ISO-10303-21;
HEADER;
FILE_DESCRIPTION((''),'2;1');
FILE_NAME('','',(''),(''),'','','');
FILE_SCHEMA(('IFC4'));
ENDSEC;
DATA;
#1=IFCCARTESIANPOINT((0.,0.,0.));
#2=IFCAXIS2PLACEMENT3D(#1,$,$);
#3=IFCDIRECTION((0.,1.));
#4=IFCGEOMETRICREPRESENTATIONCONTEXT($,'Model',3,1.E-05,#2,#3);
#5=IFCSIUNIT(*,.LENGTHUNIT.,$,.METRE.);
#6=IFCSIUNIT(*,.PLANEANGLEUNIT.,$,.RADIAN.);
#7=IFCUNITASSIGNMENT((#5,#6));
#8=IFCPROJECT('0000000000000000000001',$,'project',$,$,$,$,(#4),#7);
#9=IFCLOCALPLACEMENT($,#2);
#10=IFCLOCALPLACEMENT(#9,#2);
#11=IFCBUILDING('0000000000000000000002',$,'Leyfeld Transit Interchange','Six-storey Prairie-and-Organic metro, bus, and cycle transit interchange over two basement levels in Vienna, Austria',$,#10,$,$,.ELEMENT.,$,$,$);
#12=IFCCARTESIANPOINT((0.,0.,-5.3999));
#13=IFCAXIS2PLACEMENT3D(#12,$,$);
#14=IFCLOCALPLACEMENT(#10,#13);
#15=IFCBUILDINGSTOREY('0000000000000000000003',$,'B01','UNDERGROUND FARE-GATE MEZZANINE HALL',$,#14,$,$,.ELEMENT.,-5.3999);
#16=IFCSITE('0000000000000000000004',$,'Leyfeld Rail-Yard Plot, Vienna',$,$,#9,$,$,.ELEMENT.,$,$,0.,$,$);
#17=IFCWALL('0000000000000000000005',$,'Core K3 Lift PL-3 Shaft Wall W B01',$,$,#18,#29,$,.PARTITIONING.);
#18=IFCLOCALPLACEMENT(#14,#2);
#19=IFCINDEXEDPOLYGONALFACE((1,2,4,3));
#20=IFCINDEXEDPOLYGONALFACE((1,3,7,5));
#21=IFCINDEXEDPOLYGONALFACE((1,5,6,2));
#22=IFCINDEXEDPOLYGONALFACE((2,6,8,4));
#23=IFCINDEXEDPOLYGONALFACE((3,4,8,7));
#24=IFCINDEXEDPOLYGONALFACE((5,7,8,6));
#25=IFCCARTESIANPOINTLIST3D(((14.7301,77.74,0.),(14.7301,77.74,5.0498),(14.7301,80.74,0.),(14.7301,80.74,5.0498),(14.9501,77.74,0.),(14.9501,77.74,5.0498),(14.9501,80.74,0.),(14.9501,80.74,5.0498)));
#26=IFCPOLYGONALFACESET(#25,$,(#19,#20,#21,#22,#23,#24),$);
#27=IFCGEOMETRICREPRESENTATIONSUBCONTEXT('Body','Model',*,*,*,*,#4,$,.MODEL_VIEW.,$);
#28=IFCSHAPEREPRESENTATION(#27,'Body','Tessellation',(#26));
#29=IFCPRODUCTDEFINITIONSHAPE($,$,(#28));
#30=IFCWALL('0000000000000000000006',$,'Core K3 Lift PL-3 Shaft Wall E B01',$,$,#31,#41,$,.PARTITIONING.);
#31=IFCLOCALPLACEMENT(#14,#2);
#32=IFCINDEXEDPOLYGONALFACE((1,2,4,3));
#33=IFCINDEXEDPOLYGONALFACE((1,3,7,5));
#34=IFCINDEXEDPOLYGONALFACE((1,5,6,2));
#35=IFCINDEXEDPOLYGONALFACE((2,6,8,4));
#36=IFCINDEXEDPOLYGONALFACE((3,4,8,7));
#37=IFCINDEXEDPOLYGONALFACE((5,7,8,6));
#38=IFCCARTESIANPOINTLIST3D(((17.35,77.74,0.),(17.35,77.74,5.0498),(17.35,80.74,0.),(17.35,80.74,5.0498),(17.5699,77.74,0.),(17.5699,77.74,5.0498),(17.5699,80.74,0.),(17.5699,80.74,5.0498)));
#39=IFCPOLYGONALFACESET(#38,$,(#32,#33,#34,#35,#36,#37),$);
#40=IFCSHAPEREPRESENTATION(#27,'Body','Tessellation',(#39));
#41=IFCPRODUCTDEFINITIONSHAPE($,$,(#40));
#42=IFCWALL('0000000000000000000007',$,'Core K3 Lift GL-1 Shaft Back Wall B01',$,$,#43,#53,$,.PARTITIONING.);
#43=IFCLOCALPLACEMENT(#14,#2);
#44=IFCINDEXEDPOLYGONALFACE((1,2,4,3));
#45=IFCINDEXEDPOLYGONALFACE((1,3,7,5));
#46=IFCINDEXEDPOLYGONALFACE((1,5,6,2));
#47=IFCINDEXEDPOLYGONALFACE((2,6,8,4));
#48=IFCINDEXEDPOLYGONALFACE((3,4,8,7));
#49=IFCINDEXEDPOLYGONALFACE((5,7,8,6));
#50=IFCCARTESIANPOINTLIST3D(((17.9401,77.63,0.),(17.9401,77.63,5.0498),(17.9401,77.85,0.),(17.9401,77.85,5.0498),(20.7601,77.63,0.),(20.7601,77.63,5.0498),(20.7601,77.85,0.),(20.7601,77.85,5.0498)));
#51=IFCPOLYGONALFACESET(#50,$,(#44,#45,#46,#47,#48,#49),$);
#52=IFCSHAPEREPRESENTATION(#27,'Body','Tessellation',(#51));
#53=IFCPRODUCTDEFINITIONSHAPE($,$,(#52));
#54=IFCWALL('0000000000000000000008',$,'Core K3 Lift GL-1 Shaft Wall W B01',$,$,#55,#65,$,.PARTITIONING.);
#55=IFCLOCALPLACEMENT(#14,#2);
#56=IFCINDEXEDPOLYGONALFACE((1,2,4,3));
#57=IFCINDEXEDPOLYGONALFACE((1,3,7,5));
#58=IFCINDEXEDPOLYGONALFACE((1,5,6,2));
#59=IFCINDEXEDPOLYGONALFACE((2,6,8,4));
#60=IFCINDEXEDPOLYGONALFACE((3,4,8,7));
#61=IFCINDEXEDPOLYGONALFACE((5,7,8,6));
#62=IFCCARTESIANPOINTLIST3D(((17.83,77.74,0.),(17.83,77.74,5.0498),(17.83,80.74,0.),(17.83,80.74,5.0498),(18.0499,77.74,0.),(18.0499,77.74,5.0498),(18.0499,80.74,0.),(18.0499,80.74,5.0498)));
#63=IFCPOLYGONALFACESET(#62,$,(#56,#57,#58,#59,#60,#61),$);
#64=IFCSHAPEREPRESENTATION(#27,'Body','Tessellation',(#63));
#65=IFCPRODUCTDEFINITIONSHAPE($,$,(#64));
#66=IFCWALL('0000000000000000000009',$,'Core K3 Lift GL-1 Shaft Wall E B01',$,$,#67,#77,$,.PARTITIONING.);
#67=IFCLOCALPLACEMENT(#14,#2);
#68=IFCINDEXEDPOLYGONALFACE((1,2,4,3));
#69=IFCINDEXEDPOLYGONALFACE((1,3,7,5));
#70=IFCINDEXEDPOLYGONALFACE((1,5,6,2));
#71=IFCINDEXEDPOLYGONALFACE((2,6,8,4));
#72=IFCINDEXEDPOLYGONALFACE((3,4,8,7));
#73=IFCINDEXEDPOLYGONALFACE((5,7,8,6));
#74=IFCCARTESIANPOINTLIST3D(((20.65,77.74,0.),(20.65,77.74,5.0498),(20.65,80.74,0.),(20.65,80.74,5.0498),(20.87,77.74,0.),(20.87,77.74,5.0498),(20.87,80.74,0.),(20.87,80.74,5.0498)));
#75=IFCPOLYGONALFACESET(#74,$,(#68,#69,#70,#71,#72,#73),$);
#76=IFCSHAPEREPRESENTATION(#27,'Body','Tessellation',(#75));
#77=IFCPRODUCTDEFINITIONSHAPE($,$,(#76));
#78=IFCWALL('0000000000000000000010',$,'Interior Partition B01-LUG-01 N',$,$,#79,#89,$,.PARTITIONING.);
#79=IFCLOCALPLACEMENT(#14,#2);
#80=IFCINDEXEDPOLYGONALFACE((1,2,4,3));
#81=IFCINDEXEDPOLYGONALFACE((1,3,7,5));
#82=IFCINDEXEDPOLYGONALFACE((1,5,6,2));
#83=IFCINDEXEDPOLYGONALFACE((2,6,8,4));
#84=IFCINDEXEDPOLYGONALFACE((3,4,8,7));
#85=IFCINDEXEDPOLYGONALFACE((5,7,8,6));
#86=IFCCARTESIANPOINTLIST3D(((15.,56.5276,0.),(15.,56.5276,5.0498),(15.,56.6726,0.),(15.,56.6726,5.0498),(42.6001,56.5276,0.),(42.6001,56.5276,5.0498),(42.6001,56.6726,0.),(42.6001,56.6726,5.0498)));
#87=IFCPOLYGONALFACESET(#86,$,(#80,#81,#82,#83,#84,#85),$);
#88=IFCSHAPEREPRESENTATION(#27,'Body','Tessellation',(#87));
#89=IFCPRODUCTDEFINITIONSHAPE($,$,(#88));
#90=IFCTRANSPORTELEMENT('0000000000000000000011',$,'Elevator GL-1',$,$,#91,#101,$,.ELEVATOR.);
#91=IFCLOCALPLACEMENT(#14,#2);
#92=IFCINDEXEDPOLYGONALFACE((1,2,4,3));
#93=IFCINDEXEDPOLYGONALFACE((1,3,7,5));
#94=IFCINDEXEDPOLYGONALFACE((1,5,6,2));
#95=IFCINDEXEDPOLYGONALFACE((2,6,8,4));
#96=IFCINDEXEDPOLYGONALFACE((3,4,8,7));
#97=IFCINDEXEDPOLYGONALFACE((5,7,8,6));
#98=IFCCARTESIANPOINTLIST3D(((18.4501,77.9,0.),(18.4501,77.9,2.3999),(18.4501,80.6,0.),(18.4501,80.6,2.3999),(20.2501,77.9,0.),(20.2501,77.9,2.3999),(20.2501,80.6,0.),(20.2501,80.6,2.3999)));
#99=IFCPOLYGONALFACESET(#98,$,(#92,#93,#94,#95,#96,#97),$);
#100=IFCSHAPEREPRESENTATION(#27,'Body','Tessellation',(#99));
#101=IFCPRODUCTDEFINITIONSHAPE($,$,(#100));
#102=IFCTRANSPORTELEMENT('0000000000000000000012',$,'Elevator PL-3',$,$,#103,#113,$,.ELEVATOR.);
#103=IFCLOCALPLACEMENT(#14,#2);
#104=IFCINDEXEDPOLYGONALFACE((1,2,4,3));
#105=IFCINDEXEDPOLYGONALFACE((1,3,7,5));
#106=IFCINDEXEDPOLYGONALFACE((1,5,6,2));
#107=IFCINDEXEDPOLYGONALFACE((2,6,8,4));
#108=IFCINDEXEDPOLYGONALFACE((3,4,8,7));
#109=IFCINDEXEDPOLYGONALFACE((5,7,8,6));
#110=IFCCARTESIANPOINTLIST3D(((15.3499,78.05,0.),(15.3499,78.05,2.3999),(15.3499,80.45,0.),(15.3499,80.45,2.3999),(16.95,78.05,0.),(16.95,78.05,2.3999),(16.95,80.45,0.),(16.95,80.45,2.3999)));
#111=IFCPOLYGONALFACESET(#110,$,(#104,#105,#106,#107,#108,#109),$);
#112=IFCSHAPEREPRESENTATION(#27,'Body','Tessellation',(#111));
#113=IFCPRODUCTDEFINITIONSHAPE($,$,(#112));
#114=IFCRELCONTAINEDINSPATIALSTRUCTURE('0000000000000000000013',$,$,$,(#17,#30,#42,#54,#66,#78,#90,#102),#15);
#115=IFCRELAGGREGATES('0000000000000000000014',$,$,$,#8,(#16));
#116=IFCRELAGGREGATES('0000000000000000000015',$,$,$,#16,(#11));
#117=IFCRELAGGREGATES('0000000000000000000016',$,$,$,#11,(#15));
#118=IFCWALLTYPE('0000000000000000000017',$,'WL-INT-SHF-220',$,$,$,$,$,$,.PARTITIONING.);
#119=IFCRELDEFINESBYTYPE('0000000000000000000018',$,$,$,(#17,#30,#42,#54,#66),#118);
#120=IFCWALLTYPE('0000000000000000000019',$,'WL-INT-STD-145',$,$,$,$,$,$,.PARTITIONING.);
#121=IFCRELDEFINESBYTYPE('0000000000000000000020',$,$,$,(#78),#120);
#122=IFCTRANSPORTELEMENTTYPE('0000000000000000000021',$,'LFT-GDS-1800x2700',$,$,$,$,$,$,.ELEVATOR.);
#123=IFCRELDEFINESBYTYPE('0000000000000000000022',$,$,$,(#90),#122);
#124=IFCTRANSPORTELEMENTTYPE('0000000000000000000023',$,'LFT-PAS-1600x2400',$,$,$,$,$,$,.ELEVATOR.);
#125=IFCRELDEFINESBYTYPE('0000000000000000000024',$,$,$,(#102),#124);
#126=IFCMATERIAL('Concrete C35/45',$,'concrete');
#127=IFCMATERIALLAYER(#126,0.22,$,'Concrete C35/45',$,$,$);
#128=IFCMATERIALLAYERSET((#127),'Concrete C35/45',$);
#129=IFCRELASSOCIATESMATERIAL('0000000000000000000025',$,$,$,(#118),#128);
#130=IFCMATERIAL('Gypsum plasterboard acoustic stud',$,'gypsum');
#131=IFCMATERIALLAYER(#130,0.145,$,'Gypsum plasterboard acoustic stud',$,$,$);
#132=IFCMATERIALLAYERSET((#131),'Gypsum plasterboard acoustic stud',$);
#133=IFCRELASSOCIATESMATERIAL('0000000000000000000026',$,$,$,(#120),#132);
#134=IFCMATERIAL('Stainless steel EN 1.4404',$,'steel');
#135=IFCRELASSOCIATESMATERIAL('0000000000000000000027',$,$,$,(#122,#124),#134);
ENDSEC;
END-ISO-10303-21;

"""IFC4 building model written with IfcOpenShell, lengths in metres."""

from ifc_helpers import new_model, si_unit, direction, frame, frame_2d, origin, origin_2d, place, context, subcontext, project, spatial, rectangle, extrude, material, layer, layer_set, type_object, element, save


model = new_model("IFC4")

# Units and contexts
model_context = context("Model", 3, precision=1e-05, world=origin(), true_north=direction((0.0, 1.0)))
body_context = subcontext(model_context, "Body", "Model", "MODEL_VIEW")
ifc_project = project(units=[si_unit("LENGTHUNIT", "METRE"), si_unit("PLANEANGLEUNIT", "RADIAN")], contexts=[model_context])

# Site, building, storey
site_placement = place(None, origin())
site = spatial("IfcSite", under=ifc_project, at=site_placement, Name="Leyfeld Rail-Yard Plot, Vienna", CompositionType="ELEMENT", RefElevation=0.0)
building_placement = place(site_placement, origin())
building = spatial("IfcBuilding", under=site, at=building_placement, Name="Leyfeld Transit Interchange", Description="Six-storey Prairie-and-Organic metro, bus, and cycle transit interchange over two basement levels in Vienna, Austria", CompositionType="ELEMENT")
storey_placement = place(building_placement, frame((0.0, 0.0, -5.3999)))
storey = spatial("IfcBuildingStorey", under=building, at=storey_placement, Name="B01", Description="UNDERGROUND FARE-GATE MEZZANINE HALL", CompositionType="ELEMENT", Elevation=-5.3999)

# Shared definitions
ifc_material_1 = material(Name="Concrete C35/45", Category="concrete")

# Walls
ifc_layer_1 = layer(ifc_material_1, 0.22, Name="Concrete C35/45")
ifc_layer_set_1 = layer_set([ifc_layer_1], Name="Concrete C35/45")
wall_type_1 = type_object("IfcWallType", Name="WL-INT-SHF-220", PredefinedType="PARTITIONING", material=ifc_layer_set_1)
for number, where, z_axis, x_axis, name in (
    (1, (14.8401, 77.74, 0.0), (0.0, 0.0, 1.0), (0.0, 1.0, 0.0), "Core K3 Lift PL-3 Shaft Wall W B01"),
    (2, (17.46, 77.74, 0.0), (0.0, 0.0, 1.0), (0.0, 1.0, 0.0), "Core K3 Lift PL-3 Shaft Wall E B01"),
):
    element("IfcWall", number, at=place(storey_placement, frame(where, z_axis=z_axis, x_axis=x_axis)), inside=storey, type_object=wall_type_1, Name=name, PredefinedType="PARTITIONING", context=body_context, shape_type="SweptSolid", body=[
        extrude(rectangle(XDim=3.0, YDim=0.22, at=frame_2d((1.5, 0.0))), origin(), (0.0, 0.0, 1.0), 5.0498),
    ])
wall_1_placement = place(storey_placement, frame((17.9399, 77.74, 0.0), z_axis=(0.0, 0.0, 1.0), x_axis=(1.0, 0.0, 0.0)))
element("IfcWall", 3, at=wall_1_placement, inside=storey, type_object=wall_type_1, Name="Core K3 Lift GL-1 Shaft Back Wall B01", PredefinedType="PARTITIONING", context=body_context, shape_type="SweptSolid", body=[
    extrude(rectangle(XDim=2.8201, YDim=0.22, at=frame_2d((1.4102, 0.0))), origin(), (0.0, 0.0, 1.0), 5.0498),
])
for number, where, z_axis, x_axis, name in (
    (4, (17.9399, 77.74, 0.0), (0.0, 0.0, 1.0), (0.0, 1.0, 0.0), "Core K3 Lift GL-1 Shaft Wall W B01"),
    (5, (20.76, 77.74, 0.0), (0.0, 0.0, 1.0), (0.0, 1.0, 0.0), "Core K3 Lift GL-1 Shaft Wall E B01"),
):
    element("IfcWall", number, at=place(storey_placement, frame(where, z_axis=z_axis, x_axis=x_axis)), inside=storey, type_object=wall_type_1, Name=name, PredefinedType="PARTITIONING", context=body_context, shape_type="SweptSolid", body=[
        extrude(rectangle(XDim=3.0, YDim=0.22, at=frame_2d((1.5, 0.0))), origin(), (0.0, 0.0, 1.0), 5.0498),
    ])
ifc_material_2 = material(Name="Gypsum plasterboard acoustic stud", Category="gypsum")
ifc_layer_2 = layer(ifc_material_2, 0.145, Name="Gypsum plasterboard acoustic stud")
ifc_layer_set_2 = layer_set([ifc_layer_2], Name="Gypsum plasterboard acoustic stud")
wall_type_2 = type_object("IfcWallType", Name="WL-INT-STD-145", PredefinedType="PARTITIONING", material=ifc_layer_set_2)
wall_2_placement = place(storey_placement, frame((15.0, 56.6001, 0.0), z_axis=(0.0, 0.0, 1.0), x_axis=(1.0, 0.0, 0.0)))
element("IfcWall", 6, at=wall_2_placement, inside=storey, type_object=wall_type_2, Name="Interior Partition B01-LUG-01 N", PredefinedType="PARTITIONING", context=body_context, shape_type="SweptSolid", body=[
    extrude(rectangle(XDim=27.6001, YDim=0.145, at=frame_2d((13.8, 0.0))), origin(), (0.0, 0.0, 1.0), 5.0498),
])

# Transport elements
ifc_material_3 = material(Name="Stainless steel EN 1.4404", Category="steel")
transport_element_type_1 = type_object("IfcTransportElementType", Name="LFT-GDS-1800x2700", PredefinedType="ELEVATOR", material=ifc_material_3)
transport_element_1_placement = place(storey_placement, frame((19.3501, 79.25, 0.0), z_axis=(0.0, 0.0, 1.0), x_axis=(1.0, 0.0, 0.0)))
element("IfcTransportElement", 7, at=transport_element_1_placement, inside=storey, type_object=transport_element_type_1, Name="Elevator GL-1", PredefinedType="ELEVATOR", context=body_context, shape_type="SweptSolid", body=[
    extrude(rectangle(XDim=1.8, YDim=2.7, at=origin_2d()), origin(), (0.0, 0.0, 1.0), 2.3999),
])
transport_element_type_2 = type_object("IfcTransportElementType", Name="LFT-PAS-1600x2400", PredefinedType="ELEVATOR", material=ifc_material_3)
transport_element_2_placement = place(storey_placement, frame((16.1499, 79.25, 0.0), z_axis=(0.0, 0.0, 1.0), x_axis=(1.0, 0.0, 0.0)))
element("IfcTransportElement", 8, at=transport_element_2_placement, inside=storey, type_object=transport_element_type_2, Name="Elevator PL-3", PredefinedType="ELEVATOR", context=body_context, shape_type="SweptSolid", body=[
    extrude(rectangle(XDim=1.6001, YDim=2.3999, at=origin_2d()), origin(), (0.0, 0.0, 1.0), 2.3999),
])

save(model, "model.ifc")
